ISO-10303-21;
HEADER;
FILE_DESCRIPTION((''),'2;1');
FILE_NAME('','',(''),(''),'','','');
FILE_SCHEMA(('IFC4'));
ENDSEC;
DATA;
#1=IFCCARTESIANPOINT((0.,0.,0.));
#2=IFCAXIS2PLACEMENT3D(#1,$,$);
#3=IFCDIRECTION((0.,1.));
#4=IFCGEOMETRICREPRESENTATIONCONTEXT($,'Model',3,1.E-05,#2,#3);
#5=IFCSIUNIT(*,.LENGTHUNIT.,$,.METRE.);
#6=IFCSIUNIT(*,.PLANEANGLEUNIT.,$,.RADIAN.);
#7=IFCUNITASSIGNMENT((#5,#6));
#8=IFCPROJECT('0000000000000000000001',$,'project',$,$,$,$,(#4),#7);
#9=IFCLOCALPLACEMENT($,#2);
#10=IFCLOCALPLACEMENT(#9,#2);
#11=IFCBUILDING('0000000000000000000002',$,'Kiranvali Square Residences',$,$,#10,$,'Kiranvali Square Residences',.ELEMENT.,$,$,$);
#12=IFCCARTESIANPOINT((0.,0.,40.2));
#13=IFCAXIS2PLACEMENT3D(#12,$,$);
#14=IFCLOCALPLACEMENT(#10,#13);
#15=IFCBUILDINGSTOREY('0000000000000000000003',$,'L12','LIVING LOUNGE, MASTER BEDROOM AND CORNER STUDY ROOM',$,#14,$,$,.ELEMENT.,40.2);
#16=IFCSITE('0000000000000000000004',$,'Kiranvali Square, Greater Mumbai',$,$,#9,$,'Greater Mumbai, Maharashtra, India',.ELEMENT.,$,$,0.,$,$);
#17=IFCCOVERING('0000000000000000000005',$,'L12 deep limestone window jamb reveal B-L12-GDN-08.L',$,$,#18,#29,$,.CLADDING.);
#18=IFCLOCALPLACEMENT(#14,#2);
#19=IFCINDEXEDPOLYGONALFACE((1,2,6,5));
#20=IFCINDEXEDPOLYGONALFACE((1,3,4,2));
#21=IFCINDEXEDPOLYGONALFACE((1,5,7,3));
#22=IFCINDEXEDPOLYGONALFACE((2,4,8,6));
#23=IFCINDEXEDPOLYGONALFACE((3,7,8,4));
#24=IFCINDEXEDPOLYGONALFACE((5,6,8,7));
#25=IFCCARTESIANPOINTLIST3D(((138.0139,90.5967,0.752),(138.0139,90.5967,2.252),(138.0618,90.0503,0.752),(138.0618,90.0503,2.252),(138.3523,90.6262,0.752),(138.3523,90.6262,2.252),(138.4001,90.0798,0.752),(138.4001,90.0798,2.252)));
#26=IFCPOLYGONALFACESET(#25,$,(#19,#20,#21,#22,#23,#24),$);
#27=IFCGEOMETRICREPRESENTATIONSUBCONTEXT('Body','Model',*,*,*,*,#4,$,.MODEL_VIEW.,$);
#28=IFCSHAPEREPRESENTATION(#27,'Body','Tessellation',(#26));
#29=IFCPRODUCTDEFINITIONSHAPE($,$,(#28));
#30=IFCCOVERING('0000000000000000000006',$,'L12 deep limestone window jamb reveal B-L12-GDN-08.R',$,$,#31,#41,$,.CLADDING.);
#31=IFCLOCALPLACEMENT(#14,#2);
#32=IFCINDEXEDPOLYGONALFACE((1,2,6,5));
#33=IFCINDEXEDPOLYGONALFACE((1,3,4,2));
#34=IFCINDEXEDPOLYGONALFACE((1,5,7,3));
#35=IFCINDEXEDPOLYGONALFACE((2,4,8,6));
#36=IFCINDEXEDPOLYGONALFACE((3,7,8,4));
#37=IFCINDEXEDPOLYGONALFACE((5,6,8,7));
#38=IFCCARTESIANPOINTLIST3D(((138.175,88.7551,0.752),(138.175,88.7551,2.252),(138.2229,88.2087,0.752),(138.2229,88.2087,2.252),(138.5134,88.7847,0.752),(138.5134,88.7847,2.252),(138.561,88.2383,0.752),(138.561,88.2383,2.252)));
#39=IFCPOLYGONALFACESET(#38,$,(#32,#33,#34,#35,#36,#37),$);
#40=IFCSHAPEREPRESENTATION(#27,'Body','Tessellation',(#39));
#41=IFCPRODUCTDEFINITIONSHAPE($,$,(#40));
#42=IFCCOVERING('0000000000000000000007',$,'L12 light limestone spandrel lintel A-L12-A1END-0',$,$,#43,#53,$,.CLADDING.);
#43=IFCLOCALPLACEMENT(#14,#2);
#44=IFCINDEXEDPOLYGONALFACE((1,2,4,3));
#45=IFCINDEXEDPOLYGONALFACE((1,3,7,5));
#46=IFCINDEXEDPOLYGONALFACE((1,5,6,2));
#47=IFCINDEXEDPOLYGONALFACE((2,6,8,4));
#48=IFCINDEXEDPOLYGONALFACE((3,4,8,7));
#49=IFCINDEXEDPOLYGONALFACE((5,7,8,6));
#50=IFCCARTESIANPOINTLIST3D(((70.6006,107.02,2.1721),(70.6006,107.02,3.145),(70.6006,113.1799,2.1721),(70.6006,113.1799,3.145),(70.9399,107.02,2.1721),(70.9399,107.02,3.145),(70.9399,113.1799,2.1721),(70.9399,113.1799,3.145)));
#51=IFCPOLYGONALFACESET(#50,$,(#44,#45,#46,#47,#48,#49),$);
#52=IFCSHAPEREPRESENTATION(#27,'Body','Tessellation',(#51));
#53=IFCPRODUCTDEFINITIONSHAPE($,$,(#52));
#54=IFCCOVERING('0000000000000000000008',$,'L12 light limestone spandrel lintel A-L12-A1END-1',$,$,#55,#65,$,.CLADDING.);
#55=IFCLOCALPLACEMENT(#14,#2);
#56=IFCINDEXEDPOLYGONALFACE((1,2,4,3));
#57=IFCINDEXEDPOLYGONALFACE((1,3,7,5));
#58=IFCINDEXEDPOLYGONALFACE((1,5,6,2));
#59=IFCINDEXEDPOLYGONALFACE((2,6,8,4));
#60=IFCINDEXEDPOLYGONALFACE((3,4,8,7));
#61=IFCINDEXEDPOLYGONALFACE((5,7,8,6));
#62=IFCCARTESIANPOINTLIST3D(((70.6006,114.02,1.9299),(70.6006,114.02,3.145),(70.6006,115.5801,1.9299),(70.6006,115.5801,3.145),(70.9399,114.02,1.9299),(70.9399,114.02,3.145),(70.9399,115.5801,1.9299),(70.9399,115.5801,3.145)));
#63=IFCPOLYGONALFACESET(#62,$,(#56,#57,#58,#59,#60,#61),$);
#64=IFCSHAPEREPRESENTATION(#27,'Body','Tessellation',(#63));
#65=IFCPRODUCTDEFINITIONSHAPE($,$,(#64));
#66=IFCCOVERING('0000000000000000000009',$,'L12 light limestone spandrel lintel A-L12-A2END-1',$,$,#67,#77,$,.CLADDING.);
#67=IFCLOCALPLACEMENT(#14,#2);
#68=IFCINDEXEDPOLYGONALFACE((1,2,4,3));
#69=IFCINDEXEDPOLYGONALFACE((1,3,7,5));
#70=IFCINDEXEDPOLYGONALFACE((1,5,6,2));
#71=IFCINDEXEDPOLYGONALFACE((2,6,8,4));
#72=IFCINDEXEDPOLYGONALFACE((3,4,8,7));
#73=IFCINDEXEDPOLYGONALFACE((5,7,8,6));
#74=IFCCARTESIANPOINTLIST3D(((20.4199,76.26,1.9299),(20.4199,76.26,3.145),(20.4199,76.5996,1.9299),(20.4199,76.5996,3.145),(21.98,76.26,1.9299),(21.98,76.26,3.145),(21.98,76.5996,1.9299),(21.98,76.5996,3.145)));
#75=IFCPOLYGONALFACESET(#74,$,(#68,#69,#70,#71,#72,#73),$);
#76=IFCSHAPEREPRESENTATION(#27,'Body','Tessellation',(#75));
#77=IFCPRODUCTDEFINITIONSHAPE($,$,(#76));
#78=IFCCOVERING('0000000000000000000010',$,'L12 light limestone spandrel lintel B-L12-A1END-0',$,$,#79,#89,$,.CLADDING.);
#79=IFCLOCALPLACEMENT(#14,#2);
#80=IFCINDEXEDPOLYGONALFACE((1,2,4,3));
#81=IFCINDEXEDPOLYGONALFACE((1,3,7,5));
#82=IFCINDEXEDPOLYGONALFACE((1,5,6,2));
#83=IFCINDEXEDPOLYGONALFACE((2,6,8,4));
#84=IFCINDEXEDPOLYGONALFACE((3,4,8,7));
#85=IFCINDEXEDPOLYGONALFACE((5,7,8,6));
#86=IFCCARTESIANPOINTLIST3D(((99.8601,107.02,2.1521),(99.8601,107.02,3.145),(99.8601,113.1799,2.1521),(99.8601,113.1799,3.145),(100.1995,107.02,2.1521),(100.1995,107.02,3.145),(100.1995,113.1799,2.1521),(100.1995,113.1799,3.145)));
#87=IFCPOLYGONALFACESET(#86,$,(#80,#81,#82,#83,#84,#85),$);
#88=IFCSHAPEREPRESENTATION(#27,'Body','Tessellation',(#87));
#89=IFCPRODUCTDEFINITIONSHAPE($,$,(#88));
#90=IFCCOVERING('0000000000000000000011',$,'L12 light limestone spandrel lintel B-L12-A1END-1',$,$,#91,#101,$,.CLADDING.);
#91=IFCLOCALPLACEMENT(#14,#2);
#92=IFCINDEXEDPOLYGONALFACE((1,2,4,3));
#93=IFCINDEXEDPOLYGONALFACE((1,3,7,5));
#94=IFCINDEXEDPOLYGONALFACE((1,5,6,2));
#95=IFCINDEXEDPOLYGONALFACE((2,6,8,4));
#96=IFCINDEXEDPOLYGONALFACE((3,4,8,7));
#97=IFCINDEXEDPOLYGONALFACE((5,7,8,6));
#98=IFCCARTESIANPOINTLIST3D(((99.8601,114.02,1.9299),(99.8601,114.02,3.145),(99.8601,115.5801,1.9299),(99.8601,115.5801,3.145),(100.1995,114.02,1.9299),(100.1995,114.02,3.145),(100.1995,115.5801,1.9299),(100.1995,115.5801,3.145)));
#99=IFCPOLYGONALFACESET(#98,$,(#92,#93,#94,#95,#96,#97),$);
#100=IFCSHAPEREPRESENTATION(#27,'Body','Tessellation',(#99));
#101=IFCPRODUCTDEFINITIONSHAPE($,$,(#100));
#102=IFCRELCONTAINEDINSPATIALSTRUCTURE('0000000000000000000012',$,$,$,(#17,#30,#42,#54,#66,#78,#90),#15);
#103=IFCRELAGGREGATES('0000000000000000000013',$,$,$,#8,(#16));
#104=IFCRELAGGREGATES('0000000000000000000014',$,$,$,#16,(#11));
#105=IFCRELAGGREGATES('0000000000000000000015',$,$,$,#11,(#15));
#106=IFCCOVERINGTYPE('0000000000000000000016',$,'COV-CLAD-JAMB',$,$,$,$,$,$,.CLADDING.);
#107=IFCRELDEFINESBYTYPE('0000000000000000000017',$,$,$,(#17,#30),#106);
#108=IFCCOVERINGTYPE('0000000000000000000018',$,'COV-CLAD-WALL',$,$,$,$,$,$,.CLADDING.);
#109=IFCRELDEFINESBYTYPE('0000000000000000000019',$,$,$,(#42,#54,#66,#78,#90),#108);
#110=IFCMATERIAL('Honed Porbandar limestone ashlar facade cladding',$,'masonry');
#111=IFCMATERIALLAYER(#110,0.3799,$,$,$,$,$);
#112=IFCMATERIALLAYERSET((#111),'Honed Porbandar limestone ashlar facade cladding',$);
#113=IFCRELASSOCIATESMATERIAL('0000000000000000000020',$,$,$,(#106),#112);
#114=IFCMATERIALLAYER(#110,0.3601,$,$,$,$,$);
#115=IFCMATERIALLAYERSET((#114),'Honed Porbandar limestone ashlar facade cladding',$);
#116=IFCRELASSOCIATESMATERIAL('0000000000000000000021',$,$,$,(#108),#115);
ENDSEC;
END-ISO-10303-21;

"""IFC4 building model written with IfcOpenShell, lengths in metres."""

from ifc_helpers import new_model, si_unit, direction, frame, origin, place, context, subcontext, project, spatial, polyline, outline, extrude, material, layer, layer_set, type_object, element, save


model = new_model("IFC4")

# Units and contexts
model_context = context("Model", 3, precision=1e-05, world=origin(), true_north=direction((0.0, 1.0)))
body_context = subcontext(model_context, "Body", "Model", "MODEL_VIEW")
ifc_project = project(units=[si_unit("LENGTHUNIT", "METRE"), si_unit("PLANEANGLEUNIT", "RADIAN")], contexts=[model_context])

# Site, building, storey
site_placement = place(None, origin())
site = spatial("IfcSite", under=ifc_project, at=site_placement, Name="Kiranvali Square, Greater Mumbai", LongName="Greater Mumbai, Maharashtra, India", CompositionType="ELEMENT", RefElevation=0.0)
building_placement = place(site_placement, origin())
building = spatial("IfcBuilding", under=site, at=building_placement, Name="Kiranvali Square Residences", LongName="Kiranvali Square Residences", CompositionType="ELEMENT")
storey_placement = place(building_placement, frame((0.0, 0.0, 40.2)))
storey = spatial("IfcBuildingStorey", under=building, at=storey_placement, Name="L12", Description="LIVING LOUNGE, MASTER BEDROOM AND CORNER STUDY ROOM", CompositionType="ELEMENT", Elevation=40.2)

# Coverings
ifc_material = material(Name="Honed Porbandar limestone ashlar facade cladding", Category="masonry")
ifc_layer_1 = layer(ifc_material, 0.3799)
ifc_layer_set_1 = layer_set([ifc_layer_1], Name="Honed Porbandar limestone ashlar facade cladding")
covering_type_1 = type_object("IfcCoveringType", Name="COV-CLAD-JAMB", PredefinedType="CLADDING", material=ifc_layer_set_1)
covering_1_placement = place(storey_placement, frame((0.0, 0.0, 0.752)))
element("IfcCovering", 1, at=covering_1_placement, inside=storey, type_object=covering_type_1, Name="L12 deep limestone window jamb reveal B-L12-GDN-08.L", PredefinedType="CLADDING", context=body_context, shape_type="SweptSolid", body=[
    extrude(outline(polyline([(138.0139, 90.5967), (138.0618, 90.0503), (138.4001, 90.0798), (138.3523, 90.6262), (138.0139, 90.5967)])), origin(), (0.0, 0.0, 1.0), 1.5),
])
covering_2_placement = place(storey_placement, frame((0.0, 0.0, 0.752)))
element("IfcCovering", 2, at=covering_2_placement, inside=storey, type_object=covering_type_1, Name="L12 deep limestone window jamb reveal B-L12-GDN-08.R", PredefinedType="CLADDING", context=body_context, shape_type="SweptSolid", body=[
    extrude(outline(polyline([(138.175, 88.7551), (138.2229, 88.2087), (138.561, 88.2383), (138.5134, 88.7847), (138.175, 88.7551)])), origin(), (0.0, 0.0, 1.0), 1.5),
])
ifc_layer_2 = layer(ifc_material, 0.3601)
ifc_layer_set_2 = layer_set([ifc_layer_2], Name="Honed Porbandar limestone ashlar facade cladding")
covering_type_2 = type_object("IfcCoveringType", Name="COV-CLAD-WALL", PredefinedType="CLADDING", material=ifc_layer_set_2)
covering_3_placement = place(storey_placement, frame((0.0, 0.0, 2.1721)))
element("IfcCovering", 3, at=covering_3_placement, inside=storey, type_object=covering_type_2, Name="L12 light limestone spandrel lintel A-L12-A1END-0", PredefinedType="CLADDING", context=body_context, shape_type="SweptSolid", body=[
    extrude(outline(polyline([(70.9399, 107.02), (70.9399, 113.1799), (70.6006, 113.1799), (70.6006, 107.02), (70.9399, 107.02)])), origin(), (0.0, 0.0, 1.0), 0.9729),
])
covering_4_placement = place(storey_placement, frame((0.0, 0.0, 1.9299)))
element("IfcCovering", 4, at=covering_4_placement, inside=storey, type_object=covering_type_2, Name="L12 light limestone spandrel lintel A-L12-A1END-1", PredefinedType="CLADDING", context=body_context, shape_type="SweptSolid", body=[
    extrude(outline(polyline([(70.9399, 114.02), (70.9399, 115.5801), (70.6006, 115.5801), (70.6006, 114.02), (70.9399, 114.02)])), origin(), (0.0, 0.0, 1.0), 1.2151),
])
covering_5_placement = place(storey_placement, frame((0.0, 0.0, 1.9299)))
element("IfcCovering", 5, at=covering_5_placement, inside=storey, type_object=covering_type_2, Name="L12 light limestone spandrel lintel A-L12-A2END-1", PredefinedType="CLADDING", context=body_context, shape_type="SweptSolid", body=[
    extrude(outline(polyline([(21.98, 76.5996), (20.4199, 76.5996), (20.4199, 76.26), (21.98, 76.26), (21.98, 76.5996)])), origin(), (0.0, 0.0, 1.0), 1.2151),
])
covering_6_placement = place(storey_placement, frame((0.0, 0.0, 2.1521)))
element("IfcCovering", 6, at=covering_6_placement, inside=storey, type_object=covering_type_2, Name="L12 light limestone spandrel lintel B-L12-A1END-0", PredefinedType="CLADDING", context=body_context, shape_type="SweptSolid", body=[
    extrude(outline(polyline([(100.1995, 107.02), (100.1995, 113.1799), (99.8601, 113.1799), (99.8601, 107.02), (100.1995, 107.02)])), origin(), (0.0, 0.0, 1.0), 0.9929),
])
covering_7_placement = place(storey_placement, frame((0.0, 0.0, 1.9299)))
element("IfcCovering", 7, at=covering_7_placement, inside=storey, type_object=covering_type_2, Name="L12 light limestone spandrel lintel B-L12-A1END-1", PredefinedType="CLADDING", context=body_context, shape_type="SweptSolid", body=[
    extrude(outline(polyline([(100.1995, 114.02), (100.1995, 115.5801), (99.8601, 115.5801), (99.8601, 114.02), (100.1995, 114.02)])), origin(), (0.0, 0.0, 1.0), 1.2151),
])

save(model, "model.ifc")
